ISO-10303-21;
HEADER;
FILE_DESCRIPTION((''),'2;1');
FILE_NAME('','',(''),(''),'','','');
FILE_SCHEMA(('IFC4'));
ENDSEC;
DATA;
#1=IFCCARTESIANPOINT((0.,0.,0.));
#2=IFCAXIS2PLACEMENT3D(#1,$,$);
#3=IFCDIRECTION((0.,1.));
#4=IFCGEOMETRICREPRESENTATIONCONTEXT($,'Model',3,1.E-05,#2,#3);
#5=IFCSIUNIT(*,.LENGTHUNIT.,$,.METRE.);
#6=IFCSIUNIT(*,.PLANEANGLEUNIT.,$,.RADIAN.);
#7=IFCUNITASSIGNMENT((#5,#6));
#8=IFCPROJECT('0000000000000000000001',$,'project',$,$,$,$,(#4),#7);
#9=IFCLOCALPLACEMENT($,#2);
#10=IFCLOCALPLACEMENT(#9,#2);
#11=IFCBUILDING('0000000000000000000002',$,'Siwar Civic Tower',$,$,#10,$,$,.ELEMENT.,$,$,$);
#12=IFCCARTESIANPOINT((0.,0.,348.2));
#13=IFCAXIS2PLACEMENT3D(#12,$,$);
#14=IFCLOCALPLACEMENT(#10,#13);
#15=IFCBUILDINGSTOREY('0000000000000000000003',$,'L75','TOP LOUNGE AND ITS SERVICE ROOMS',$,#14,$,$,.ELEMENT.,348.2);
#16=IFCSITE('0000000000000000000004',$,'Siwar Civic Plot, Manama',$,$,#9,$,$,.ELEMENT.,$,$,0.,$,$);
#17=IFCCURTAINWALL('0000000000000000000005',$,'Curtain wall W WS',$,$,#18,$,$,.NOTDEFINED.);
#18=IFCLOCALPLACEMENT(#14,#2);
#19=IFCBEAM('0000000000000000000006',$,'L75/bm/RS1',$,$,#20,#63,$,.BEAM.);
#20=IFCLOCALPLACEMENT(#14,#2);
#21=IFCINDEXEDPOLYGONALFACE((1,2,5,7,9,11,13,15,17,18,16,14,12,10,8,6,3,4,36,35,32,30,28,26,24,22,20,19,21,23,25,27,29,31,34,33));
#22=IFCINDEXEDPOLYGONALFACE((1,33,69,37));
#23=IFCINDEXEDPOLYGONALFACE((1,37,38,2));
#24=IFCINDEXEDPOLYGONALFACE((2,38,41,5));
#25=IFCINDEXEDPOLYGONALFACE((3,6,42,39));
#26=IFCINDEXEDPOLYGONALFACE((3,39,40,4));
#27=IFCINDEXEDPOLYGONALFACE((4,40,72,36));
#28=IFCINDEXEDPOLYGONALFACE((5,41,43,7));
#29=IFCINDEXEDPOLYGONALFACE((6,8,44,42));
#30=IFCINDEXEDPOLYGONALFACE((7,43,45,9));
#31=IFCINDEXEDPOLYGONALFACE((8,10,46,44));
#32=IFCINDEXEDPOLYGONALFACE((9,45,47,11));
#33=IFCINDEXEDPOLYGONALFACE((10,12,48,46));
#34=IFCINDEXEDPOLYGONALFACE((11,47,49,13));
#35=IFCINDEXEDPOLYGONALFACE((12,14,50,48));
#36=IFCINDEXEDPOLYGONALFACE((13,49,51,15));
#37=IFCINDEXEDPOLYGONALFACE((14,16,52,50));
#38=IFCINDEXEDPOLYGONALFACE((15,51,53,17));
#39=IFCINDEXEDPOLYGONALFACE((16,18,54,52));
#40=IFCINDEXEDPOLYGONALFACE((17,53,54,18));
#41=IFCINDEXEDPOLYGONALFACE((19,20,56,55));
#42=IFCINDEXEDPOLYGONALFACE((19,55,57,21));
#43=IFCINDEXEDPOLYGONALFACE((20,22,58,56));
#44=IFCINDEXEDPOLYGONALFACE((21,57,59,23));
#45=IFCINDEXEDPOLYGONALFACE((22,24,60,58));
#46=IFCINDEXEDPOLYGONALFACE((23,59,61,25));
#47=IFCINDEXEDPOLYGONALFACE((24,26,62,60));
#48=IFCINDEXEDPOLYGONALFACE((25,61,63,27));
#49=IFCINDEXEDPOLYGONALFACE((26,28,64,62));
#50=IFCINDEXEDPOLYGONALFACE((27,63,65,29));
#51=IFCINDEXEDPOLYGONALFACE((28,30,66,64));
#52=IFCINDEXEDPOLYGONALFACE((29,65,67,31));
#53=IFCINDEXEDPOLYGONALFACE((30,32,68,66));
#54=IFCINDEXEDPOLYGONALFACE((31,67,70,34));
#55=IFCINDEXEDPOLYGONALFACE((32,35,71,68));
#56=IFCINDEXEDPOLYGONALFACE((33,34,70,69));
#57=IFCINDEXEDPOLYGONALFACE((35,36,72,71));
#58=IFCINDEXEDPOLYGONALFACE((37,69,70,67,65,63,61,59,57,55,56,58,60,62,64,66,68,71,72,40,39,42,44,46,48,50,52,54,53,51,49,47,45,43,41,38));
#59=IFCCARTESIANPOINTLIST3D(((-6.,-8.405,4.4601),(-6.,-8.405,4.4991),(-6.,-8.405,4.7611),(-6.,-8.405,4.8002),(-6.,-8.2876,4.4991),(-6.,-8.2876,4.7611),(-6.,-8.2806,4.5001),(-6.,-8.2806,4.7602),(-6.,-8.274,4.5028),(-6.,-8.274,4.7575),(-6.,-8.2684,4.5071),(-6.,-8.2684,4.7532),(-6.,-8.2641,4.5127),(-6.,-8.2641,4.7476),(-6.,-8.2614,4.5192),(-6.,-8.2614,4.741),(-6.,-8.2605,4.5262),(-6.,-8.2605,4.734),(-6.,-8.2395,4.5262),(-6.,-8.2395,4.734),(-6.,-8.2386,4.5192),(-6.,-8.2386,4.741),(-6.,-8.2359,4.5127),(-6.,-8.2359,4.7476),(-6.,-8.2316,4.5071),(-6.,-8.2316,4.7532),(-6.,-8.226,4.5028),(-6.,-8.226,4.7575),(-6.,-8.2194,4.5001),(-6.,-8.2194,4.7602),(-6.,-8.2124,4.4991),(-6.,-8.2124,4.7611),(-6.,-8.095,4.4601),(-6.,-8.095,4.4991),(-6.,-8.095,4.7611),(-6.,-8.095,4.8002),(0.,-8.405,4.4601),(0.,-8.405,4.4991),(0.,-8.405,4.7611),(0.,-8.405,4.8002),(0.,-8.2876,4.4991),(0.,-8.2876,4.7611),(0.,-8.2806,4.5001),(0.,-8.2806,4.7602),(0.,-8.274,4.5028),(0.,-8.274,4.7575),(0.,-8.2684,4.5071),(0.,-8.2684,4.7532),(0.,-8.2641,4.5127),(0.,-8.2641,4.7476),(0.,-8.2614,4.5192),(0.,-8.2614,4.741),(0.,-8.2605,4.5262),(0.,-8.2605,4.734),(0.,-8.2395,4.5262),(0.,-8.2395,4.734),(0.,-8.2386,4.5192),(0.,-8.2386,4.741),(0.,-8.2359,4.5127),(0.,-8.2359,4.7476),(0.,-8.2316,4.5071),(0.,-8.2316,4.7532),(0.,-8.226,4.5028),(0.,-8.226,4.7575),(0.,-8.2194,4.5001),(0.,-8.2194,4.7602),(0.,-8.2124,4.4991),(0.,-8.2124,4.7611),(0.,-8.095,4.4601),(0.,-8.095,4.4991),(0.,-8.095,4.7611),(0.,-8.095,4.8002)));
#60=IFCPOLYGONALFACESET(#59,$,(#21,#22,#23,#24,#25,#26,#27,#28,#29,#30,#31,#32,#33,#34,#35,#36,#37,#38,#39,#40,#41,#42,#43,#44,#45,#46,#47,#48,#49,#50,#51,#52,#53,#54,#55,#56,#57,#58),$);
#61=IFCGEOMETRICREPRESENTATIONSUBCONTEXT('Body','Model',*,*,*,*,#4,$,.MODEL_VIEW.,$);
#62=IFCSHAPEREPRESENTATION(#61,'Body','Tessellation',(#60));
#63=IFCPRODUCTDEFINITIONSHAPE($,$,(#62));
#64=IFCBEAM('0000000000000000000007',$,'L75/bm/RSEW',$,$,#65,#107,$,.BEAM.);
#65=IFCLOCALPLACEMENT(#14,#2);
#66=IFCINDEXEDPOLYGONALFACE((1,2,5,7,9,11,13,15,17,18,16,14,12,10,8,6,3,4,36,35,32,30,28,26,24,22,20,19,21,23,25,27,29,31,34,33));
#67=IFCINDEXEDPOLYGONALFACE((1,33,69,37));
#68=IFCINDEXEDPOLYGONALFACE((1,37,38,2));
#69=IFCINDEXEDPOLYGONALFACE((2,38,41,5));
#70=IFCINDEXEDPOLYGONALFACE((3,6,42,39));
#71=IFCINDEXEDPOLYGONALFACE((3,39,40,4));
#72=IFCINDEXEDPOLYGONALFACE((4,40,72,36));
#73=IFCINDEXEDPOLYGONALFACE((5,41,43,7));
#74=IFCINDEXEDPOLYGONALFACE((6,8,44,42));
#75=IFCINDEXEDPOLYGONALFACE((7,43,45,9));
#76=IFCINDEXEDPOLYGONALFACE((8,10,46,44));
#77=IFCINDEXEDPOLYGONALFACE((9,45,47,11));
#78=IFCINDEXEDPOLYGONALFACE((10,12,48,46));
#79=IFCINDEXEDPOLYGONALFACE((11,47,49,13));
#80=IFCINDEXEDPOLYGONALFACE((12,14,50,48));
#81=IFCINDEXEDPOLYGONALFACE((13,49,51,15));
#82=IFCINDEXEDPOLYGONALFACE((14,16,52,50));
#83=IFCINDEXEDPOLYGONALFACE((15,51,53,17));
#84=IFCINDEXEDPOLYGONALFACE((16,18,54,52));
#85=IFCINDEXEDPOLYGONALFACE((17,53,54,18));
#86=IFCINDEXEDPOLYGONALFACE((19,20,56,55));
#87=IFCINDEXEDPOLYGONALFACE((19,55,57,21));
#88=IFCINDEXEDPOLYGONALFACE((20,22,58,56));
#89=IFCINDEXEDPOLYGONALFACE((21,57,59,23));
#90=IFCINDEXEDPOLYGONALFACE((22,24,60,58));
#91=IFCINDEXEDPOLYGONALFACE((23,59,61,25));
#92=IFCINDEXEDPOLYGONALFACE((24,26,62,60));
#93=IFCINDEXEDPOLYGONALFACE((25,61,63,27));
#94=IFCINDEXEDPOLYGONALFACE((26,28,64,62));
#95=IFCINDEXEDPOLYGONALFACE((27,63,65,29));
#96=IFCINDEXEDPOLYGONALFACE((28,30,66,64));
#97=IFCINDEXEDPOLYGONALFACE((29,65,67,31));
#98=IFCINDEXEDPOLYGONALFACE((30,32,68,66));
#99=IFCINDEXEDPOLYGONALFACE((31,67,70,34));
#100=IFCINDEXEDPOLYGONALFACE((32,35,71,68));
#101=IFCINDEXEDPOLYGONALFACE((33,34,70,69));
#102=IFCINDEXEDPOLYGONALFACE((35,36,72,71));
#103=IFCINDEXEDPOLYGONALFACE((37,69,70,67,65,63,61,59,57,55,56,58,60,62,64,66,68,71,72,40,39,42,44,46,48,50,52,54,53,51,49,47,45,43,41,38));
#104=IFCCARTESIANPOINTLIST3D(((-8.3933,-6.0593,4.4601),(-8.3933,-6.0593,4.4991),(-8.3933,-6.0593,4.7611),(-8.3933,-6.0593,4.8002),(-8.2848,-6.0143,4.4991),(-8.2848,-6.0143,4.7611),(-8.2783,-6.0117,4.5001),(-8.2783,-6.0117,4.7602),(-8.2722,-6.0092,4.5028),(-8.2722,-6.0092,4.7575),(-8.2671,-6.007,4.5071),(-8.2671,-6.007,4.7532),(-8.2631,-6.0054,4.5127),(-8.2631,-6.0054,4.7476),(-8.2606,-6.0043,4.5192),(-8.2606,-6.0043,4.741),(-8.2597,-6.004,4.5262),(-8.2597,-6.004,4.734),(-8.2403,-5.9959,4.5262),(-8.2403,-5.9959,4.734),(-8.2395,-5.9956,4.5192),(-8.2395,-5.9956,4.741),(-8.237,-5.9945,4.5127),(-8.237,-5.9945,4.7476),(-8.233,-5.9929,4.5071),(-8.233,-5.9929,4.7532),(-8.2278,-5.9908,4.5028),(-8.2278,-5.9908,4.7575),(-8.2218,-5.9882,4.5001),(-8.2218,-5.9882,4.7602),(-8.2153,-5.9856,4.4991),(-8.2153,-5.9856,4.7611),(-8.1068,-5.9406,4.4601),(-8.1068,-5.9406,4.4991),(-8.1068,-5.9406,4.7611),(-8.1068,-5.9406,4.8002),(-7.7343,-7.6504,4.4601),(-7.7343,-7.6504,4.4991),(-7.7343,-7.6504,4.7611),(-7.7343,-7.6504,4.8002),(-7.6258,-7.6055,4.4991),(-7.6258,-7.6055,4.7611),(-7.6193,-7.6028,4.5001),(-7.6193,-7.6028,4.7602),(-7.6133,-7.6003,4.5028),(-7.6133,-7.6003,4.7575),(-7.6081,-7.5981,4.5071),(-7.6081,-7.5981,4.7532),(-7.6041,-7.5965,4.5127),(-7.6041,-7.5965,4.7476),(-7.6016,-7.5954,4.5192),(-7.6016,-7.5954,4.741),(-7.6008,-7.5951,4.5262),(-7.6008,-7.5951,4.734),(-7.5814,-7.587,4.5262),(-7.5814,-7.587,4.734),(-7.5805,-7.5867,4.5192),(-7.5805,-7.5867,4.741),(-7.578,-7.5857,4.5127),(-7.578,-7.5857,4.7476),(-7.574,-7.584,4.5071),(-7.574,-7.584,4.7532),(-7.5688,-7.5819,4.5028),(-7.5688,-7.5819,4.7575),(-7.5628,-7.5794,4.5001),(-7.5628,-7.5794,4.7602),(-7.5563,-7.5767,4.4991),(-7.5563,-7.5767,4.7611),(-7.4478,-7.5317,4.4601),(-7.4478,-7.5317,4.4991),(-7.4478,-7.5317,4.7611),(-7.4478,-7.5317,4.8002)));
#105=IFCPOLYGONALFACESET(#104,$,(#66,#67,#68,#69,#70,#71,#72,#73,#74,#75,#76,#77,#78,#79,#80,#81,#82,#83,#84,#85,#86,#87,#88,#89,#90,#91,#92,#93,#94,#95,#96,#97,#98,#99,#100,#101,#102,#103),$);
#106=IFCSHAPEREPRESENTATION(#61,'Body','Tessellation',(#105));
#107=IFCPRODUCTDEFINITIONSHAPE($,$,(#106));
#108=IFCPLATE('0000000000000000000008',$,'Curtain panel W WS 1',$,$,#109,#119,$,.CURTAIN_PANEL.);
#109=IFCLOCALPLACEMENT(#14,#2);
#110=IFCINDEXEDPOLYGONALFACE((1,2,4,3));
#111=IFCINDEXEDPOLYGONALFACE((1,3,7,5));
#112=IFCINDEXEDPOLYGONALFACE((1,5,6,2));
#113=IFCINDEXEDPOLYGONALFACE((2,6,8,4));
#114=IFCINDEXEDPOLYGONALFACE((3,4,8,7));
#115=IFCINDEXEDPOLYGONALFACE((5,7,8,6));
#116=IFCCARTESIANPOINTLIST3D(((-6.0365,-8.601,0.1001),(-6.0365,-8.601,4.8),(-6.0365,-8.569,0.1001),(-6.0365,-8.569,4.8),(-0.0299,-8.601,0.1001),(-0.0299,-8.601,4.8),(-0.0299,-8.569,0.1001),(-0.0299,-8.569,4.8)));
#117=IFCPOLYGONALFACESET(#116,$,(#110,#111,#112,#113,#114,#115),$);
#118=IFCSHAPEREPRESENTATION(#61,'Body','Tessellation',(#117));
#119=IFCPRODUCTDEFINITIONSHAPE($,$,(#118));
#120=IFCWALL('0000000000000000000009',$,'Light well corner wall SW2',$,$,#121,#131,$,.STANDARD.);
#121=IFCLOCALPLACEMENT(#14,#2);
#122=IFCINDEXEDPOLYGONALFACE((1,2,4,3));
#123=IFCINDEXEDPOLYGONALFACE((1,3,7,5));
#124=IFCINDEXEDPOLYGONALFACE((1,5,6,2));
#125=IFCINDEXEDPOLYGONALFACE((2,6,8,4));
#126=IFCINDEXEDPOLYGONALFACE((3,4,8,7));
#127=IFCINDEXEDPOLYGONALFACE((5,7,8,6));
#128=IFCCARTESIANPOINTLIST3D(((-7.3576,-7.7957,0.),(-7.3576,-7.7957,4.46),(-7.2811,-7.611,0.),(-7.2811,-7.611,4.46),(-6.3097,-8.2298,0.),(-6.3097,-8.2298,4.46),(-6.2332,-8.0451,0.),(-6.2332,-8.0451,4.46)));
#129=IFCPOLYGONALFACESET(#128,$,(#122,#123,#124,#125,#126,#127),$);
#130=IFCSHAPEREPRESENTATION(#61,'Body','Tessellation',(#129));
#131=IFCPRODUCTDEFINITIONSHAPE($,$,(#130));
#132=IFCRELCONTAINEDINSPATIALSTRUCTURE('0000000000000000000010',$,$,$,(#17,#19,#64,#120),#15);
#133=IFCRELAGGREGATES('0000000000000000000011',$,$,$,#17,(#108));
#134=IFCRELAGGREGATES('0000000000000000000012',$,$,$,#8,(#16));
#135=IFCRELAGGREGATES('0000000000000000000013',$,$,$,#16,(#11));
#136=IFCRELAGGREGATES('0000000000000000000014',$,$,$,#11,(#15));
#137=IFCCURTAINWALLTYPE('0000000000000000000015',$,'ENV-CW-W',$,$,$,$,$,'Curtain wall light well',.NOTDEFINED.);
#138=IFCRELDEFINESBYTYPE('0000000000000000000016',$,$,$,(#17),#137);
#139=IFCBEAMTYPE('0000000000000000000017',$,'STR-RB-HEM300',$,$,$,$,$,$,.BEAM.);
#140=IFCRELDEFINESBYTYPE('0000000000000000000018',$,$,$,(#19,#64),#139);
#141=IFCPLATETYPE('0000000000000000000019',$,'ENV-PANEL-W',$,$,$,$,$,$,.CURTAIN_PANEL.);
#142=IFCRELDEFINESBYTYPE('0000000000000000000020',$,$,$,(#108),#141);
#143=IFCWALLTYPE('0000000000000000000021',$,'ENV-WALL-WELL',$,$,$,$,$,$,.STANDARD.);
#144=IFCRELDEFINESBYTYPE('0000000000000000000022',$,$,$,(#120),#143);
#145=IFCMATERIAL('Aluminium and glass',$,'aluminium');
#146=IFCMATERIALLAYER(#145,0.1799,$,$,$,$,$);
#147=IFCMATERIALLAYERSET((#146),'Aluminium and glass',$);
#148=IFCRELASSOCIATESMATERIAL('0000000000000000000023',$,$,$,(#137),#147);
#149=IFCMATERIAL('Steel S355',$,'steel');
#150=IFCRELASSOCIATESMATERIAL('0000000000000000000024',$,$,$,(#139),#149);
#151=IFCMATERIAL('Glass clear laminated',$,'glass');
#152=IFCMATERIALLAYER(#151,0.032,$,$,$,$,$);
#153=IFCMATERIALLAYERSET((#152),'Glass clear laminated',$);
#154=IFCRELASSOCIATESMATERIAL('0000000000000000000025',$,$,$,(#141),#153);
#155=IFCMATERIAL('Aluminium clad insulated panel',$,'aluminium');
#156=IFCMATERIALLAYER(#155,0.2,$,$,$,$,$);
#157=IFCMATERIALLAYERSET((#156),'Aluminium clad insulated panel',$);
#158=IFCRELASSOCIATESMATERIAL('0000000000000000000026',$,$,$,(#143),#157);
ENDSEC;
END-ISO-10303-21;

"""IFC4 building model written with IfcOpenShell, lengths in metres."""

from ifc_helpers import new_model, si_unit, direction, frame, frame_2d, origin, origin_2d, place, context, subcontext, project, spatial, rectangle, i_section, extrude, material, layer, layer_set, material_profile, profile_set, type_object, element, aggregate, save


model = new_model("IFC4")

# Units and contexts
model_context = context("Model", 3, precision=1e-05, world=origin(), true_north=direction((0.0, 1.0)))
body_context = subcontext(model_context, "Body", "Model", "MODEL_VIEW")
ifc_project = project(units=[si_unit("LENGTHUNIT", "METRE"), si_unit("PLANEANGLEUNIT", "RADIAN")], contexts=[model_context])

# Site, building, storey
site_placement = place(None, origin())
site = spatial("IfcSite", under=ifc_project, at=site_placement, Name="Siwar Civic Plot, Manama", CompositionType="ELEMENT", RefElevation=0.0)
building_placement = place(site_placement, origin())
building = spatial("IfcBuilding", under=site, at=building_placement, Name="Siwar Civic Tower", CompositionType="ELEMENT")
storey_placement = place(building_placement, frame((0.0, 0.0, 348.2)))
storey = spatial("IfcBuildingStorey", under=building, at=storey_placement, Name="L75", Description="TOP LOUNGE AND ITS SERVICE ROOMS", CompositionType="ELEMENT", Elevation=348.2)

# Curtain wall
ifc_material_1 = material(Name="Aluminium and glass", Category="aluminium")
ifc_layer_1 = layer(ifc_material_1, 0.1799)
ifc_layer_set_1 = layer_set([ifc_layer_1], Name="Aluminium and glass")
curtain_wall_type = type_object("IfcCurtainWallType", Name="ENV-CW-W", ElementType="Curtain wall light well", PredefinedType="NOTDEFINED", material=ifc_layer_set_1)
curtain_wall_placement = place(storey_placement, origin())
curtain_wall = element("IfcCurtainWall", 1, at=curtain_wall_placement, inside=storey, type_object=curtain_wall_type, Name="Curtain wall W WS", PredefinedType="NOTDEFINED")

# Beams
ifc_material_2 = material(Name="Steel S355", Category="steel")
ifc_material_profile_1 = material_profile(ifc_material_2, i_section(OverallWidth=0.3101, OverallDepth=0.3401, WebThickness=0.021, FlangeThickness=0.0391, FilletRadius=0.0271, at=origin_2d()), Name="HEM300")
ifc_profile_set_1 = profile_set([ifc_material_profile_1], Name="Steel S355")
beam_type_1 = type_object("IfcBeamType", Name="STR-RB-HEM300", PredefinedType="BEAM", material=ifc_profile_set_1)
beam_1_placement = place(storey_placement, frame((-6.0, -8.25, 4.6301), z_axis=(1.0, 0.0, 0.0), x_axis=(0.0, 1.0, 0.0)))
element("IfcBeam", 2, at=beam_1_placement, inside=storey, type_object=beam_type_1, Name="L75/bm/RS1", PredefinedType="BEAM", context=body_context, shape_type="SweptSolid", body=[
    extrude(i_section(OverallWidth=0.3101, OverallDepth=0.3401, WebThickness=0.021, FlangeThickness=0.0391, FilletRadius=0.0271, at=origin_2d()), origin(), (0.0, 0.0, 1.0), 6.0),
])
beam_2_placement = place(storey_placement, frame((-7.5911, -7.5911, 4.6301), z_axis=(-0.382631, 0.923901, 0.0), x_axis=(-0.923901, -0.382631, 0.0)))
element("IfcBeam", 3, at=beam_2_placement, inside=storey, type_object=beam_type_1, Name="L75/bm/RSEW", PredefinedType="BEAM", context=body_context, shape_type="SweptSolid", body=[
    extrude(i_section(OverallWidth=0.3101, OverallDepth=0.3401, WebThickness=0.021, FlangeThickness=0.0391, FilletRadius=0.0271, at=origin_2d()), origin(), (0.0, 0.0, 1.0), 1.7222),
])

# Plate
ifc_material_3 = material(Name="Glass clear laminated", Category="glass")
ifc_layer_2 = layer(ifc_material_3, 0.032)
ifc_layer_set_2 = layer_set([ifc_layer_2], Name="Glass clear laminated")
plate_type = type_object("IfcPlateType", Name="ENV-PANEL-W", PredefinedType="CURTAIN_PANEL", material=ifc_layer_set_2)
plate_placement = place(storey_placement, frame((-3.0332, -8.585, 0.1001), z_axis=(0.0, 0.0, 1.0), x_axis=(1.0, 0.0, 0.0)))
plate = element("IfcPlate", 4, at=plate_placement, type_object=plate_type, Name="Curtain panel W WS 1", PredefinedType="CURTAIN_PANEL", context=body_context, shape_type="SweptSolid", body=[
    extrude(rectangle(XDim=6.0066, YDim=0.032, at=origin_2d()), origin(), (0.0, 0.0, 1.0), 4.7),
])
aggregate(curtain_wall, [plate])

# Wall
ifc_material_4 = material(Name="Aluminium clad insulated panel", Category="aluminium")
ifc_layer_3 = layer(ifc_material_4, 0.2)
ifc_layer_set_3 = layer_set([ifc_layer_3], Name="Aluminium clad insulated panel")
wall_type = type_object("IfcWallType", Name="ENV-WALL-WELL", PredefinedType="STANDARD", material=ifc_layer_set_3)
wall_placement = place(storey_placement, frame((-7.3193, -7.7034, 0.0), z_axis=(0.0, 0.0, 1.0), x_axis=(0.923865, -0.382719, 0.0)))
element("IfcWall", 5, at=wall_placement, inside=storey, type_object=wall_type, Name="Light well corner wall SW2", PredefinedType="STANDARD", context=body_context, shape_type="SweptSolid", body=[
    extrude(rectangle(XDim=1.1343, YDim=0.2, at=frame_2d((0.5671, 0.0))), origin(), (0.0, 0.0, 1.0), 4.46),
])

save(model, "model.ifc")
